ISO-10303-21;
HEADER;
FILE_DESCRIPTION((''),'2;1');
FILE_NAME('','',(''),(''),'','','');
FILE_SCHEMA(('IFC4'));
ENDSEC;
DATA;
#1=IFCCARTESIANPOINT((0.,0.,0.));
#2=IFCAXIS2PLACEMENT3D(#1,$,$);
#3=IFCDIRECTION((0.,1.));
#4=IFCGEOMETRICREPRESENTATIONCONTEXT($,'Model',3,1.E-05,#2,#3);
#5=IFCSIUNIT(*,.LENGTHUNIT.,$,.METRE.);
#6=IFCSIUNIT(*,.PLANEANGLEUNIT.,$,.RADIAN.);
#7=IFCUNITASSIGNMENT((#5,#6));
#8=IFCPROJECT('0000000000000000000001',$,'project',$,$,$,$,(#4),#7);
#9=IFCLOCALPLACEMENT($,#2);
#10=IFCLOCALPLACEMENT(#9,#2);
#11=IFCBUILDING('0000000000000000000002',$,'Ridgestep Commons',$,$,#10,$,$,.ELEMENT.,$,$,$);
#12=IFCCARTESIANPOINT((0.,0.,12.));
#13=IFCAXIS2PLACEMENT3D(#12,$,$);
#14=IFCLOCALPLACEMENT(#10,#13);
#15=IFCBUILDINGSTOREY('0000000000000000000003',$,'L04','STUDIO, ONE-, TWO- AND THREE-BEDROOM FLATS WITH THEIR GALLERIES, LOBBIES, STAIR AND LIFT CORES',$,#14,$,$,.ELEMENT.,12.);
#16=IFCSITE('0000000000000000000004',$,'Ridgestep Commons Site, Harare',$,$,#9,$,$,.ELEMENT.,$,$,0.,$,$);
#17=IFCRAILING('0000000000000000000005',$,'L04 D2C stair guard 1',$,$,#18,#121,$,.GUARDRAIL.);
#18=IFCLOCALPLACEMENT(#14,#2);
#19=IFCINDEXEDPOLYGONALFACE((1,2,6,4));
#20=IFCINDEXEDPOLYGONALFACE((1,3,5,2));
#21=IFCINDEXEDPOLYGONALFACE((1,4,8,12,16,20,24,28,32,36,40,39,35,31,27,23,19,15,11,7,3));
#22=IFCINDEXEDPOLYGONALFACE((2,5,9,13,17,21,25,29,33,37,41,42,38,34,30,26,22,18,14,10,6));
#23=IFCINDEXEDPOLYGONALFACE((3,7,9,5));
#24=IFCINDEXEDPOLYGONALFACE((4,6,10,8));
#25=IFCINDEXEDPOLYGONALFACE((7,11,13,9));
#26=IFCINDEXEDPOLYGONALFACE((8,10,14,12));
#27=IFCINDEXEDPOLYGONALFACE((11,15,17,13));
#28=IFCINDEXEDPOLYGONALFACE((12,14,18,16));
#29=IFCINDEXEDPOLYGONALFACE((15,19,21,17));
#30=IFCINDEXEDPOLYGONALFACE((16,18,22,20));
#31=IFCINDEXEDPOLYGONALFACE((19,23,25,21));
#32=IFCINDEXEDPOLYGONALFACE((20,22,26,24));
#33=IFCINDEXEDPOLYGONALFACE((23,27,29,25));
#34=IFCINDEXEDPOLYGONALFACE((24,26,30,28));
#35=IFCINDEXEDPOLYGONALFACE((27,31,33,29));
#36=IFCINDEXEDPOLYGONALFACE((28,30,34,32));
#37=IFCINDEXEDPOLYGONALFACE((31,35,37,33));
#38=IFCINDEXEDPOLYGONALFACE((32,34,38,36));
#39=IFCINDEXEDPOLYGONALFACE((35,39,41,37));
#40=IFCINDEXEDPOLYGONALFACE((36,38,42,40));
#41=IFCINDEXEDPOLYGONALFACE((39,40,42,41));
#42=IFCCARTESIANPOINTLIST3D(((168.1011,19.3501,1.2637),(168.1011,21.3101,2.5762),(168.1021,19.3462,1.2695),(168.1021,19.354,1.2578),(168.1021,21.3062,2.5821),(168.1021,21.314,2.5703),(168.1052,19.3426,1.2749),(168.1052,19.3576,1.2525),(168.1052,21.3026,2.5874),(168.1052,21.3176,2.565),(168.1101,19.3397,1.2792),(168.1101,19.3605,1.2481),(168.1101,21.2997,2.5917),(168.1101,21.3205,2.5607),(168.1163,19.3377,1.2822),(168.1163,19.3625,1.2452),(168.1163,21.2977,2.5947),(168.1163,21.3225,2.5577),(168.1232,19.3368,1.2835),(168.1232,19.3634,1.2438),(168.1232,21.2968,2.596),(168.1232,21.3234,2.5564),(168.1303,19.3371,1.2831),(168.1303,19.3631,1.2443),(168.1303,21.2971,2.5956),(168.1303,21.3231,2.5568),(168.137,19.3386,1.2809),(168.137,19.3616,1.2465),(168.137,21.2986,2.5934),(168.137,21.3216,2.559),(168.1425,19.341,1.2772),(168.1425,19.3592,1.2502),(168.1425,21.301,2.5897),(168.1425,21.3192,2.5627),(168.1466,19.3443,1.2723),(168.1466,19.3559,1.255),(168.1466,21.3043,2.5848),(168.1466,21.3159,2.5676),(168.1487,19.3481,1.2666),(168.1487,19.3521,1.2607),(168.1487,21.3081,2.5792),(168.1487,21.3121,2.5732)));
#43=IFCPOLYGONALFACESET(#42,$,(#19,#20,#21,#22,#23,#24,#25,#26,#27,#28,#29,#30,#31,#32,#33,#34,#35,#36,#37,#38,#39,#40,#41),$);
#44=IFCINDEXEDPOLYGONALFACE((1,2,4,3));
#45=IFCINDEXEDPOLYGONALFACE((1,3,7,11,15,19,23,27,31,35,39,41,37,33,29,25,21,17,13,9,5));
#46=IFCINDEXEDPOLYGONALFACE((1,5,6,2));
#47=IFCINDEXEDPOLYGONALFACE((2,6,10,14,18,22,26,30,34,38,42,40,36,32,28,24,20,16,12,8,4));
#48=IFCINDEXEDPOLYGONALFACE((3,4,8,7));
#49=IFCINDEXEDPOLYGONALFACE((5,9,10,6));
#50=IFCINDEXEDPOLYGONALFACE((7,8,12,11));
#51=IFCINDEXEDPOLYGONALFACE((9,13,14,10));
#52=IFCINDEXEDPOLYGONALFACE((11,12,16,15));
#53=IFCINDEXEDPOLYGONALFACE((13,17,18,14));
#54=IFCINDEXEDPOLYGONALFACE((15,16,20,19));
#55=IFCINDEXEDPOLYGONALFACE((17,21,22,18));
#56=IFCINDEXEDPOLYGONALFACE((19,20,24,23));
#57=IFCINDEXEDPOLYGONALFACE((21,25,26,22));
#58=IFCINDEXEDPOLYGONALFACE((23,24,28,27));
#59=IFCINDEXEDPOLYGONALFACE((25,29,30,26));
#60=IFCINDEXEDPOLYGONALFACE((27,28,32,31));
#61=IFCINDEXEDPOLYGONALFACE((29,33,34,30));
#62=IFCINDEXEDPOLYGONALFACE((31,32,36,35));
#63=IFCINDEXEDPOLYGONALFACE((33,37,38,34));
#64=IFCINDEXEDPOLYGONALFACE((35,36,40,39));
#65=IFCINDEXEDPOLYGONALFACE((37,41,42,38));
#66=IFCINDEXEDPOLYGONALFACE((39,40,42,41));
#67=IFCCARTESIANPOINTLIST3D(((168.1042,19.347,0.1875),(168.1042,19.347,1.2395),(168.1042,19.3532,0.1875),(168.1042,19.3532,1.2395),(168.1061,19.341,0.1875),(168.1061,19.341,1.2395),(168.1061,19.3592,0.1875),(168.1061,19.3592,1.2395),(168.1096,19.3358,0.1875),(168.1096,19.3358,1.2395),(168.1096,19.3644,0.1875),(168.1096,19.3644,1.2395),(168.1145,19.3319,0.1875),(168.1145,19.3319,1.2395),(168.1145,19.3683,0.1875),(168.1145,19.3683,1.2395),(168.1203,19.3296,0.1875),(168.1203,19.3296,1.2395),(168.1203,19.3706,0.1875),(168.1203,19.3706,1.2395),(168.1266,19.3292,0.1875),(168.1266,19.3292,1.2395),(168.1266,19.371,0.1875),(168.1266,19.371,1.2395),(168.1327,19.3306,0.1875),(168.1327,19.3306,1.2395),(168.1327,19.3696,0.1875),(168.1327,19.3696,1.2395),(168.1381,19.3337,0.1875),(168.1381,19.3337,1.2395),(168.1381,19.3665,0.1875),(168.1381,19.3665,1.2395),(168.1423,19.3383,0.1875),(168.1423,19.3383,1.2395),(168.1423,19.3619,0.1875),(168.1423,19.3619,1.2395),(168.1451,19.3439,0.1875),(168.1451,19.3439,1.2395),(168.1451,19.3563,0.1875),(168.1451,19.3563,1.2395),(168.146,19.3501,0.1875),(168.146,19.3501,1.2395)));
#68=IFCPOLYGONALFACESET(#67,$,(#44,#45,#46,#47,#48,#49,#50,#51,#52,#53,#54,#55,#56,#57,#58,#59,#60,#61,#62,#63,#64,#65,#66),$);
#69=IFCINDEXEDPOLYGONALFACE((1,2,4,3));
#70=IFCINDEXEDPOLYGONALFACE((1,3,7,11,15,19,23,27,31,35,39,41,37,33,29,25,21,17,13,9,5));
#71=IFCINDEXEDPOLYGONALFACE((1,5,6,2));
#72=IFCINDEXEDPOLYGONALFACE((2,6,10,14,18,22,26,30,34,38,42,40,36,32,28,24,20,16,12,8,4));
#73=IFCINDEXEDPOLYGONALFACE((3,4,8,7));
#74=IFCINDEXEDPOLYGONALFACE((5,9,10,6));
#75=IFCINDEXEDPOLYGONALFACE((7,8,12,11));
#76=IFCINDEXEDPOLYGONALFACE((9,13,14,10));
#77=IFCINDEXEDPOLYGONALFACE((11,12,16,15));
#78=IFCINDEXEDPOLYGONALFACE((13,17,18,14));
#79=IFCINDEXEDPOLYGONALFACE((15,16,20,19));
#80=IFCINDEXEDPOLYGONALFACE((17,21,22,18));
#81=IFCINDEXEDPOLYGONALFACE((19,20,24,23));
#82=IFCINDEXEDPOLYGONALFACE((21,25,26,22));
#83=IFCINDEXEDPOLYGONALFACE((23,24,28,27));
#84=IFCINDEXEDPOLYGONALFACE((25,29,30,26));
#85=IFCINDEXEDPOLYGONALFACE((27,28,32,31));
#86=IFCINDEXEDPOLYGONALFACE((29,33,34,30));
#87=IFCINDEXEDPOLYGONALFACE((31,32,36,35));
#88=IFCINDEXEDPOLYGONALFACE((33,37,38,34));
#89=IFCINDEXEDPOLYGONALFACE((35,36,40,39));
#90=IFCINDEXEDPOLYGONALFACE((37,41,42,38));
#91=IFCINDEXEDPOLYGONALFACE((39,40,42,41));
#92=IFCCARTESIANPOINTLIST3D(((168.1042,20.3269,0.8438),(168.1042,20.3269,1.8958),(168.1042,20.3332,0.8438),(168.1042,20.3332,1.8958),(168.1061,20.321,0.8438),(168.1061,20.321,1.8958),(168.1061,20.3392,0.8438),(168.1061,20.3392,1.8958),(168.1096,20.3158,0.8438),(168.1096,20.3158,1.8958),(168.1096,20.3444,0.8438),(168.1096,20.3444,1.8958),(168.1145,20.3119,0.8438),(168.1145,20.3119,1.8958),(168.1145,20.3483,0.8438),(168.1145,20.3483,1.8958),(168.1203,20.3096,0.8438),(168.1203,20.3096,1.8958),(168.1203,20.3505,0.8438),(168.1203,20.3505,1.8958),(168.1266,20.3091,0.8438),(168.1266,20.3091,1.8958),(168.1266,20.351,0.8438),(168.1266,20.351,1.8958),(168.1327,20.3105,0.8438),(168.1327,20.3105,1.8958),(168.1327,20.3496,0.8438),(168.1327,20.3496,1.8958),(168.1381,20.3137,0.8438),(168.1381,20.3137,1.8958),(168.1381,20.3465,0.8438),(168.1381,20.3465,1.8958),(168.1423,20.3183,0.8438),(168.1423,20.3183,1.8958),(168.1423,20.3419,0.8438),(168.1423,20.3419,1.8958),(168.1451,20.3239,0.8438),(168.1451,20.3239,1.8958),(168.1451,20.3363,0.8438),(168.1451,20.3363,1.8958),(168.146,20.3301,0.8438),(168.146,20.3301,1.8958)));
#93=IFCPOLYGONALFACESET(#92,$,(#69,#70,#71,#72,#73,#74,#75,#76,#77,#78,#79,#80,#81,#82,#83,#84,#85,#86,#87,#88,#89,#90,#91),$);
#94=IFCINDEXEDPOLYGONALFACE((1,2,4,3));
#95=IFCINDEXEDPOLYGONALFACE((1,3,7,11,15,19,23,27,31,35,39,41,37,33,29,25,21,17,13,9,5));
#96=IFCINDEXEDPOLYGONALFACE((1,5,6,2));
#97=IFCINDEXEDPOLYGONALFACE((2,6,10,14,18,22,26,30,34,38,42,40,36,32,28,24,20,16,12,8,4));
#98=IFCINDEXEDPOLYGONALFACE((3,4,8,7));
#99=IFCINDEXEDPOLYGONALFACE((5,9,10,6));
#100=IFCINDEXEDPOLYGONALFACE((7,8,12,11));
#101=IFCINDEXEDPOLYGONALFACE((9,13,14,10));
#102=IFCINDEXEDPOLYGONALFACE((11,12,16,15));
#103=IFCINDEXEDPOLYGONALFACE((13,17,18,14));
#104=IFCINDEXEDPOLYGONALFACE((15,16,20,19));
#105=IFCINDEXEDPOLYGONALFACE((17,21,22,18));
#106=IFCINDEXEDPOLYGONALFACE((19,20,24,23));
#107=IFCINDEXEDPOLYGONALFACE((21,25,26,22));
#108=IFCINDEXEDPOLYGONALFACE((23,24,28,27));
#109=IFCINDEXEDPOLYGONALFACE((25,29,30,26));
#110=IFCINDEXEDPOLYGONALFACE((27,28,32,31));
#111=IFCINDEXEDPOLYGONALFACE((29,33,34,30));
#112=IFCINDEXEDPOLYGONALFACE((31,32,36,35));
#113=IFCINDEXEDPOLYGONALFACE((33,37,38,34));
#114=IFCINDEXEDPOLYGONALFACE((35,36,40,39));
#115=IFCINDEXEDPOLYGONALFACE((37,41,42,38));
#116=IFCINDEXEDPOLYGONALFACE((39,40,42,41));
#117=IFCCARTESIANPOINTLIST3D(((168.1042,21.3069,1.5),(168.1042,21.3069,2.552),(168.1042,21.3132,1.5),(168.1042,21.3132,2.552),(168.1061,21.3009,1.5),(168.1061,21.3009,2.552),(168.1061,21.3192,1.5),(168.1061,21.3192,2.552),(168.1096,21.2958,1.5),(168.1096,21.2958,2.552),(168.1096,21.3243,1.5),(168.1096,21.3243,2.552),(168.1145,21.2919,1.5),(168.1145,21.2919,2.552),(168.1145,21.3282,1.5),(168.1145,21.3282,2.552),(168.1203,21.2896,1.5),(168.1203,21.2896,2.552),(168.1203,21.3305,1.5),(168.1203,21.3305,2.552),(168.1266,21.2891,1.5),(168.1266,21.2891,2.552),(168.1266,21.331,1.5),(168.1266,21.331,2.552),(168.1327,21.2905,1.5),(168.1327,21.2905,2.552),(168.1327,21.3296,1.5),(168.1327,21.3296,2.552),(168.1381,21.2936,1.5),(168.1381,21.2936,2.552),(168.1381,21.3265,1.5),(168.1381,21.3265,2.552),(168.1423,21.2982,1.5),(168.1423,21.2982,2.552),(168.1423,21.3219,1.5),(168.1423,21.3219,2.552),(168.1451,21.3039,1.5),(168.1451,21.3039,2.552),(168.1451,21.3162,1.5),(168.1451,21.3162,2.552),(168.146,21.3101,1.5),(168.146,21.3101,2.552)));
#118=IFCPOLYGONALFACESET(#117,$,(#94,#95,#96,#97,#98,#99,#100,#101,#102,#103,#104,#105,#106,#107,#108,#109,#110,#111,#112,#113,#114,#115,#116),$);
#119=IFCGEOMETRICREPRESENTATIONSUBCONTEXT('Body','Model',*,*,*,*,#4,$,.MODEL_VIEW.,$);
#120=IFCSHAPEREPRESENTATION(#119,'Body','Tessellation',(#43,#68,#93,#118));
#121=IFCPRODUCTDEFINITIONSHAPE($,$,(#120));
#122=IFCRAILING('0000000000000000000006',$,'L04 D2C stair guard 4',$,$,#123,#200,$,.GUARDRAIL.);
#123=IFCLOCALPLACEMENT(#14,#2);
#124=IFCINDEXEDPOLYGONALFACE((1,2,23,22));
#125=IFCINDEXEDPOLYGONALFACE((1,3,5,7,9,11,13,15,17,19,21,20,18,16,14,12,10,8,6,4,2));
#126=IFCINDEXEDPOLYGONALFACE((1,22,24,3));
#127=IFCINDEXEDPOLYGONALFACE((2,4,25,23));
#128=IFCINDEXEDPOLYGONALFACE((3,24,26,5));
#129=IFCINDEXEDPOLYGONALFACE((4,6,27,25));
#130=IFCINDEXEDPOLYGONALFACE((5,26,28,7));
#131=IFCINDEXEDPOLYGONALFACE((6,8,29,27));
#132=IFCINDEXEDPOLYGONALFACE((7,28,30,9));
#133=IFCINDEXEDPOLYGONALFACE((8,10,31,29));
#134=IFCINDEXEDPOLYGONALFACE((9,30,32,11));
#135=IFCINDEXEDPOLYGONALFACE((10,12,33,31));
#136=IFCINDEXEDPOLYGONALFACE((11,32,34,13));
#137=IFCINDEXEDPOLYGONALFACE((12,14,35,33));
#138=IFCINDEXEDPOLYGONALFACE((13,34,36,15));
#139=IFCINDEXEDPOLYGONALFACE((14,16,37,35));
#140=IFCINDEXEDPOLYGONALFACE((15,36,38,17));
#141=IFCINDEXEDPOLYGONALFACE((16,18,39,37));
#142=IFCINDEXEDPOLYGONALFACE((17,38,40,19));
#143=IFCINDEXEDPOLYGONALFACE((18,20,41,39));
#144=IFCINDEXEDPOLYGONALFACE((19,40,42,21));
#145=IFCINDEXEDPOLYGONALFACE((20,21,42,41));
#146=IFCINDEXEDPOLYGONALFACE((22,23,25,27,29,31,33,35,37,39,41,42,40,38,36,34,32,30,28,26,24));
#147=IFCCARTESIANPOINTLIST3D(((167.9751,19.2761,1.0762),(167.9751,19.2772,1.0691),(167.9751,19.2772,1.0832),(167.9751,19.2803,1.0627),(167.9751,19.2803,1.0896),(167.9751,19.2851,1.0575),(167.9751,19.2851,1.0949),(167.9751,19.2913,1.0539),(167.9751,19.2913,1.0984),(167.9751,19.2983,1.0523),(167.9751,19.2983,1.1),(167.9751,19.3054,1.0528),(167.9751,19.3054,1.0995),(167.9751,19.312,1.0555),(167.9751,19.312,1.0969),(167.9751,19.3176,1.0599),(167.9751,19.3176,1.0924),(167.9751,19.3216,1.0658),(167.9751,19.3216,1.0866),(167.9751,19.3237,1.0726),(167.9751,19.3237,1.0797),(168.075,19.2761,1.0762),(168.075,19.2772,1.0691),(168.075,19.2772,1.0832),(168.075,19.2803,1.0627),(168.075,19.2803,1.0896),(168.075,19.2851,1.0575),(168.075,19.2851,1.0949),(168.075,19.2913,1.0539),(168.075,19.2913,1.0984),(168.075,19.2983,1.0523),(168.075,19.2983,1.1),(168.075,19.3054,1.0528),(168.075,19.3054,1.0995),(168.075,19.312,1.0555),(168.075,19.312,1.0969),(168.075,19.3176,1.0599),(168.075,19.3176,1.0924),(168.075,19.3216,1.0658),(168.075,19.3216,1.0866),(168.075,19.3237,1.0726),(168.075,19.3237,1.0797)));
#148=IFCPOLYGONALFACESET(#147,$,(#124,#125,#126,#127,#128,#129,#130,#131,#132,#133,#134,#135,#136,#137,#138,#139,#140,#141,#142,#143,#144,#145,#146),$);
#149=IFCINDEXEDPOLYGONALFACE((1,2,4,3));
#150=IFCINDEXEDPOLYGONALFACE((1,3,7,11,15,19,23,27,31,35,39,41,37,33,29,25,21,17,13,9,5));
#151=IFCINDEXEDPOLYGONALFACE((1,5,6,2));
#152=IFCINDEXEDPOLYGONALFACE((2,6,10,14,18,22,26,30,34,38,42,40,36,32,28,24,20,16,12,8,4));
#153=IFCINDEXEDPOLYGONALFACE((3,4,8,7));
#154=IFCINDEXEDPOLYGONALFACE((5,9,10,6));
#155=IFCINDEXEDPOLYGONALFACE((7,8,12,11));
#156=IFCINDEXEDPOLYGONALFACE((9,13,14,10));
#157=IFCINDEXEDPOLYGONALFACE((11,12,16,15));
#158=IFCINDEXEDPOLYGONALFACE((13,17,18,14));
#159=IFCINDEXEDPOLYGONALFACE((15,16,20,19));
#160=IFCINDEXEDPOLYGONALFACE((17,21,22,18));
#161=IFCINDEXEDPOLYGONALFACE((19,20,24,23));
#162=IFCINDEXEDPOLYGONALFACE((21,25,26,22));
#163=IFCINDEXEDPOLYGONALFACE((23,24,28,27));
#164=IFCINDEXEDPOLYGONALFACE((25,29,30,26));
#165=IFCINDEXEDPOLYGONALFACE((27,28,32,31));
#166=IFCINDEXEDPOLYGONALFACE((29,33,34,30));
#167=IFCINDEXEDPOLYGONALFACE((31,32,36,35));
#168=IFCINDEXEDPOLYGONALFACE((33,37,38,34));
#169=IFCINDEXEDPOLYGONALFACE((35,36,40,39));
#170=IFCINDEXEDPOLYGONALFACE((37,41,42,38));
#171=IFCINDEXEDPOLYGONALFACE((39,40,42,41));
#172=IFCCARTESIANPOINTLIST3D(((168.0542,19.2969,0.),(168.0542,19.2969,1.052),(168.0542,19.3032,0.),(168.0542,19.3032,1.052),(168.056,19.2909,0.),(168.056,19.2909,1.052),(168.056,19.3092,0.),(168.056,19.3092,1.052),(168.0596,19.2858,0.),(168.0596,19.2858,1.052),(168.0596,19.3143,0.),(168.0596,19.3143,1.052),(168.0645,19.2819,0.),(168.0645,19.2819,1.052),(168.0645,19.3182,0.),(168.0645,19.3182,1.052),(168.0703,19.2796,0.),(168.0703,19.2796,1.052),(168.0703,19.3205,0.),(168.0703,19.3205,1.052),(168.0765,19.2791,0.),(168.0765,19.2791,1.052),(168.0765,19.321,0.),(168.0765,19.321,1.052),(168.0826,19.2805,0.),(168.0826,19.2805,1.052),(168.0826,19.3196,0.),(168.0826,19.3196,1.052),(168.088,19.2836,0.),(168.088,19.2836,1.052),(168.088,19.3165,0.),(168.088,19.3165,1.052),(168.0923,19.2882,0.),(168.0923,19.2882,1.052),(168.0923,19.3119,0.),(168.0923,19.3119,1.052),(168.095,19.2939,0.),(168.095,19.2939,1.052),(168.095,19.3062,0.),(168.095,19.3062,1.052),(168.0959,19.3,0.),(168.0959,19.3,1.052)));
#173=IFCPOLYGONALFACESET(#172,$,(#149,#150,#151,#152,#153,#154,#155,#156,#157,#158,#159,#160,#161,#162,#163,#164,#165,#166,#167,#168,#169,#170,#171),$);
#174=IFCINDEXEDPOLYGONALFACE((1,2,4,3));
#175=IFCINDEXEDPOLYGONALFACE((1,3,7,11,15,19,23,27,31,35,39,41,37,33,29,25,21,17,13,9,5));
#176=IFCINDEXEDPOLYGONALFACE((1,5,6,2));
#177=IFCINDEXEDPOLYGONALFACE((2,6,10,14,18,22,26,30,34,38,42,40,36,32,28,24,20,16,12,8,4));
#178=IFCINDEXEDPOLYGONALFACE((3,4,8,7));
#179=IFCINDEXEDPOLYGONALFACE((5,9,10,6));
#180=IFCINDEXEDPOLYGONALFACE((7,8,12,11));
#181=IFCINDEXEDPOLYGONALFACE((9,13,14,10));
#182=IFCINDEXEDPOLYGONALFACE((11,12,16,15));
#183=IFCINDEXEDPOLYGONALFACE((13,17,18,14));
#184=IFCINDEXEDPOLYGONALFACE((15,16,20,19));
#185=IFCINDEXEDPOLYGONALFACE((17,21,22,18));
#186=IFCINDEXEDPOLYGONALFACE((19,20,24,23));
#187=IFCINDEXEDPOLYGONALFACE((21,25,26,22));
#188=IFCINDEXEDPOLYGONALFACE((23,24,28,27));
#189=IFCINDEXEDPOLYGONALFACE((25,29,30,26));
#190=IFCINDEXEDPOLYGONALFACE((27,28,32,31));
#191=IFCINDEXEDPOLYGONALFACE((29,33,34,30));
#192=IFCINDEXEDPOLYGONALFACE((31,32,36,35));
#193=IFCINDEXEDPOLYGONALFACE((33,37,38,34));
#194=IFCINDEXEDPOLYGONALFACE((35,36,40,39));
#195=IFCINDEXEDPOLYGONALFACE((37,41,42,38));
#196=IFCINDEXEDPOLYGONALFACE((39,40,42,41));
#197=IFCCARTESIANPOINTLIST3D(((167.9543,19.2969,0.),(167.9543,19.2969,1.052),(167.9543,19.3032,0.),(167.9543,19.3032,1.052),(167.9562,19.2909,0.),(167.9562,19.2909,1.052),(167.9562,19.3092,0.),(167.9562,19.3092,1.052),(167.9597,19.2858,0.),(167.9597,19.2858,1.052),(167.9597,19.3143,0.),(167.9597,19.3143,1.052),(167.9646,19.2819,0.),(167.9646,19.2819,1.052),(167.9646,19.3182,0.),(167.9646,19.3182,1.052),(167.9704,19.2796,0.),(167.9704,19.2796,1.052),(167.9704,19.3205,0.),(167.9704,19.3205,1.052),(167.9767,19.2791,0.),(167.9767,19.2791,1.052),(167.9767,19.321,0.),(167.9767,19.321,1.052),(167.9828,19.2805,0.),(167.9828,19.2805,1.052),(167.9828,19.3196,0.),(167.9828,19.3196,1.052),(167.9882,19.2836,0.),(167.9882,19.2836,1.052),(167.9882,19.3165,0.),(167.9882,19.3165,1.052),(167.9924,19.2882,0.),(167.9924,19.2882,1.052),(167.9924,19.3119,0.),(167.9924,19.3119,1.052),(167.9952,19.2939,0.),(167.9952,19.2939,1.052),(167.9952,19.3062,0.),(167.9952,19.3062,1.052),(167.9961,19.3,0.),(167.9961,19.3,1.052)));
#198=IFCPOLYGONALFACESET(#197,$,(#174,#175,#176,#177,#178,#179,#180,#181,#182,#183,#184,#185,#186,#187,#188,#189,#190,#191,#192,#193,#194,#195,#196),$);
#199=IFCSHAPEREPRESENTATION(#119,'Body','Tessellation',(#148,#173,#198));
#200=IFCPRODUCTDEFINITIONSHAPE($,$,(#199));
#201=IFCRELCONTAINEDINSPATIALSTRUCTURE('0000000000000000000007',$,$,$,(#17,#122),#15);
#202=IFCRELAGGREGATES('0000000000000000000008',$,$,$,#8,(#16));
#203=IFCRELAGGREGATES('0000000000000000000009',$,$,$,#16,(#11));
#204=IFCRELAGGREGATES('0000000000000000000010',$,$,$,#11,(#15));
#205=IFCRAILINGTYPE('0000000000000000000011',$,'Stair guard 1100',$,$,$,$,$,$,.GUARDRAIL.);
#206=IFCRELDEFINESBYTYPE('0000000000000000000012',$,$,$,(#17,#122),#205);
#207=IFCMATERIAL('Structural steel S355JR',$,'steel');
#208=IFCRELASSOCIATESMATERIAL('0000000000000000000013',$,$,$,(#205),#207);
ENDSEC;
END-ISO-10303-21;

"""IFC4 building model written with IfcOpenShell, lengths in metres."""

from ifc_helpers import new_model, si_unit, direction, frame, origin, origin_2d, place, context, subcontext, project, spatial, circle, extrude, material, type_object, element, save


model = new_model("IFC4")

# Units and contexts
model_context = context("Model", 3, precision=1e-05, world=origin(), true_north=direction((0.0, 1.0)))
body_context = subcontext(model_context, "Body", "Model", "MODEL_VIEW")
ifc_project = project(units=[si_unit("LENGTHUNIT", "METRE"), si_unit("PLANEANGLEUNIT", "RADIAN")], contexts=[model_context])

# Site, building, storey
site_placement = place(None, origin())
site = spatial("IfcSite", under=ifc_project, at=site_placement, Name="Ridgestep Commons Site, Harare", CompositionType="ELEMENT", RefElevation=0.0)
building_placement = place(site_placement, origin())
building = spatial("IfcBuilding", under=site, at=building_placement, Name="Ridgestep Commons", CompositionType="ELEMENT")
storey_placement = place(building_placement, frame((0.0, 0.0, 12.0)))
storey = spatial("IfcBuildingStorey", under=building, at=storey_placement, Name="L04", Description="STUDIO, ONE-, TWO- AND THREE-BEDROOM FLATS WITH THEIR GALLERIES, LOBBIES, STAIR AND LIFT CORES", CompositionType="ELEMENT", Elevation=12.0)

# Railings
ifc_material_1 = material(Name="Structural steel S355JR", Category="steel")
railing_type_1 = type_object("IfcRailingType", Name="Stair guard 1100", PredefinedType="GUARDRAIL", material=ifc_material_1)
railing_1_placement = place(storey_placement, frame((168.125, 19.3501, 0.1875)))
element("IfcRailing", 1, at=railing_1_placement, inside=storey, type_object=railing_type_1, Name="L04 D2C stair guard 1", PredefinedType="GUARDRAIL", context=body_context, shape_type="SweptSolid", body=[
    extrude(circle(Radius=0.0239, at=origin_2d()), frame((0.0, 0.0, 1.0762), z_axis=(0.0, 0.830902, 0.556419), x_axis=(-1.0, 0.0, 0.0)), (0.0, 0.0, 1.0), 2.3589),
    extrude(circle(Radius=0.021, at=origin_2d()), origin(), (0.0, 0.0, 1.0), 1.052),
    extrude(circle(Radius=0.021, at=origin_2d()), frame((0.0, 0.98, 0.6562)), (0.0, 0.0, 1.0), 1.052),
    extrude(circle(Radius=0.021, at=origin_2d()), frame((0.0, 1.96, 1.3125)), (0.0, 0.0, 1.0), 1.052),
])
railing_2_placement = place(storey_placement, frame((168.075, 19.3, 0.0)))
element("IfcRailing", 2, at=railing_2_placement, inside=storey, type_object=railing_type_1, Name="L04 D2C stair guard 4", PredefinedType="GUARDRAIL", context=body_context, shape_type="SweptSolid", body=[
    extrude(circle(Radius=0.0239, at=origin_2d()), frame((0.0, 0.0, 1.0762), z_axis=(-1.0, 0.0, 0.0), x_axis=(0.0, -1.0, 0.0)), (0.0, 0.0, 1.0), 0.0999),
    extrude(circle(Radius=0.021, at=origin_2d()), origin(), (0.0, 0.0, 1.0), 1.052),
    extrude(circle(Radius=0.021, at=origin_2d()), frame((-0.0999, 0.0, 0.0)), (0.0, 0.0, 1.0), 1.052),
])

save(model, "model.ifc")
